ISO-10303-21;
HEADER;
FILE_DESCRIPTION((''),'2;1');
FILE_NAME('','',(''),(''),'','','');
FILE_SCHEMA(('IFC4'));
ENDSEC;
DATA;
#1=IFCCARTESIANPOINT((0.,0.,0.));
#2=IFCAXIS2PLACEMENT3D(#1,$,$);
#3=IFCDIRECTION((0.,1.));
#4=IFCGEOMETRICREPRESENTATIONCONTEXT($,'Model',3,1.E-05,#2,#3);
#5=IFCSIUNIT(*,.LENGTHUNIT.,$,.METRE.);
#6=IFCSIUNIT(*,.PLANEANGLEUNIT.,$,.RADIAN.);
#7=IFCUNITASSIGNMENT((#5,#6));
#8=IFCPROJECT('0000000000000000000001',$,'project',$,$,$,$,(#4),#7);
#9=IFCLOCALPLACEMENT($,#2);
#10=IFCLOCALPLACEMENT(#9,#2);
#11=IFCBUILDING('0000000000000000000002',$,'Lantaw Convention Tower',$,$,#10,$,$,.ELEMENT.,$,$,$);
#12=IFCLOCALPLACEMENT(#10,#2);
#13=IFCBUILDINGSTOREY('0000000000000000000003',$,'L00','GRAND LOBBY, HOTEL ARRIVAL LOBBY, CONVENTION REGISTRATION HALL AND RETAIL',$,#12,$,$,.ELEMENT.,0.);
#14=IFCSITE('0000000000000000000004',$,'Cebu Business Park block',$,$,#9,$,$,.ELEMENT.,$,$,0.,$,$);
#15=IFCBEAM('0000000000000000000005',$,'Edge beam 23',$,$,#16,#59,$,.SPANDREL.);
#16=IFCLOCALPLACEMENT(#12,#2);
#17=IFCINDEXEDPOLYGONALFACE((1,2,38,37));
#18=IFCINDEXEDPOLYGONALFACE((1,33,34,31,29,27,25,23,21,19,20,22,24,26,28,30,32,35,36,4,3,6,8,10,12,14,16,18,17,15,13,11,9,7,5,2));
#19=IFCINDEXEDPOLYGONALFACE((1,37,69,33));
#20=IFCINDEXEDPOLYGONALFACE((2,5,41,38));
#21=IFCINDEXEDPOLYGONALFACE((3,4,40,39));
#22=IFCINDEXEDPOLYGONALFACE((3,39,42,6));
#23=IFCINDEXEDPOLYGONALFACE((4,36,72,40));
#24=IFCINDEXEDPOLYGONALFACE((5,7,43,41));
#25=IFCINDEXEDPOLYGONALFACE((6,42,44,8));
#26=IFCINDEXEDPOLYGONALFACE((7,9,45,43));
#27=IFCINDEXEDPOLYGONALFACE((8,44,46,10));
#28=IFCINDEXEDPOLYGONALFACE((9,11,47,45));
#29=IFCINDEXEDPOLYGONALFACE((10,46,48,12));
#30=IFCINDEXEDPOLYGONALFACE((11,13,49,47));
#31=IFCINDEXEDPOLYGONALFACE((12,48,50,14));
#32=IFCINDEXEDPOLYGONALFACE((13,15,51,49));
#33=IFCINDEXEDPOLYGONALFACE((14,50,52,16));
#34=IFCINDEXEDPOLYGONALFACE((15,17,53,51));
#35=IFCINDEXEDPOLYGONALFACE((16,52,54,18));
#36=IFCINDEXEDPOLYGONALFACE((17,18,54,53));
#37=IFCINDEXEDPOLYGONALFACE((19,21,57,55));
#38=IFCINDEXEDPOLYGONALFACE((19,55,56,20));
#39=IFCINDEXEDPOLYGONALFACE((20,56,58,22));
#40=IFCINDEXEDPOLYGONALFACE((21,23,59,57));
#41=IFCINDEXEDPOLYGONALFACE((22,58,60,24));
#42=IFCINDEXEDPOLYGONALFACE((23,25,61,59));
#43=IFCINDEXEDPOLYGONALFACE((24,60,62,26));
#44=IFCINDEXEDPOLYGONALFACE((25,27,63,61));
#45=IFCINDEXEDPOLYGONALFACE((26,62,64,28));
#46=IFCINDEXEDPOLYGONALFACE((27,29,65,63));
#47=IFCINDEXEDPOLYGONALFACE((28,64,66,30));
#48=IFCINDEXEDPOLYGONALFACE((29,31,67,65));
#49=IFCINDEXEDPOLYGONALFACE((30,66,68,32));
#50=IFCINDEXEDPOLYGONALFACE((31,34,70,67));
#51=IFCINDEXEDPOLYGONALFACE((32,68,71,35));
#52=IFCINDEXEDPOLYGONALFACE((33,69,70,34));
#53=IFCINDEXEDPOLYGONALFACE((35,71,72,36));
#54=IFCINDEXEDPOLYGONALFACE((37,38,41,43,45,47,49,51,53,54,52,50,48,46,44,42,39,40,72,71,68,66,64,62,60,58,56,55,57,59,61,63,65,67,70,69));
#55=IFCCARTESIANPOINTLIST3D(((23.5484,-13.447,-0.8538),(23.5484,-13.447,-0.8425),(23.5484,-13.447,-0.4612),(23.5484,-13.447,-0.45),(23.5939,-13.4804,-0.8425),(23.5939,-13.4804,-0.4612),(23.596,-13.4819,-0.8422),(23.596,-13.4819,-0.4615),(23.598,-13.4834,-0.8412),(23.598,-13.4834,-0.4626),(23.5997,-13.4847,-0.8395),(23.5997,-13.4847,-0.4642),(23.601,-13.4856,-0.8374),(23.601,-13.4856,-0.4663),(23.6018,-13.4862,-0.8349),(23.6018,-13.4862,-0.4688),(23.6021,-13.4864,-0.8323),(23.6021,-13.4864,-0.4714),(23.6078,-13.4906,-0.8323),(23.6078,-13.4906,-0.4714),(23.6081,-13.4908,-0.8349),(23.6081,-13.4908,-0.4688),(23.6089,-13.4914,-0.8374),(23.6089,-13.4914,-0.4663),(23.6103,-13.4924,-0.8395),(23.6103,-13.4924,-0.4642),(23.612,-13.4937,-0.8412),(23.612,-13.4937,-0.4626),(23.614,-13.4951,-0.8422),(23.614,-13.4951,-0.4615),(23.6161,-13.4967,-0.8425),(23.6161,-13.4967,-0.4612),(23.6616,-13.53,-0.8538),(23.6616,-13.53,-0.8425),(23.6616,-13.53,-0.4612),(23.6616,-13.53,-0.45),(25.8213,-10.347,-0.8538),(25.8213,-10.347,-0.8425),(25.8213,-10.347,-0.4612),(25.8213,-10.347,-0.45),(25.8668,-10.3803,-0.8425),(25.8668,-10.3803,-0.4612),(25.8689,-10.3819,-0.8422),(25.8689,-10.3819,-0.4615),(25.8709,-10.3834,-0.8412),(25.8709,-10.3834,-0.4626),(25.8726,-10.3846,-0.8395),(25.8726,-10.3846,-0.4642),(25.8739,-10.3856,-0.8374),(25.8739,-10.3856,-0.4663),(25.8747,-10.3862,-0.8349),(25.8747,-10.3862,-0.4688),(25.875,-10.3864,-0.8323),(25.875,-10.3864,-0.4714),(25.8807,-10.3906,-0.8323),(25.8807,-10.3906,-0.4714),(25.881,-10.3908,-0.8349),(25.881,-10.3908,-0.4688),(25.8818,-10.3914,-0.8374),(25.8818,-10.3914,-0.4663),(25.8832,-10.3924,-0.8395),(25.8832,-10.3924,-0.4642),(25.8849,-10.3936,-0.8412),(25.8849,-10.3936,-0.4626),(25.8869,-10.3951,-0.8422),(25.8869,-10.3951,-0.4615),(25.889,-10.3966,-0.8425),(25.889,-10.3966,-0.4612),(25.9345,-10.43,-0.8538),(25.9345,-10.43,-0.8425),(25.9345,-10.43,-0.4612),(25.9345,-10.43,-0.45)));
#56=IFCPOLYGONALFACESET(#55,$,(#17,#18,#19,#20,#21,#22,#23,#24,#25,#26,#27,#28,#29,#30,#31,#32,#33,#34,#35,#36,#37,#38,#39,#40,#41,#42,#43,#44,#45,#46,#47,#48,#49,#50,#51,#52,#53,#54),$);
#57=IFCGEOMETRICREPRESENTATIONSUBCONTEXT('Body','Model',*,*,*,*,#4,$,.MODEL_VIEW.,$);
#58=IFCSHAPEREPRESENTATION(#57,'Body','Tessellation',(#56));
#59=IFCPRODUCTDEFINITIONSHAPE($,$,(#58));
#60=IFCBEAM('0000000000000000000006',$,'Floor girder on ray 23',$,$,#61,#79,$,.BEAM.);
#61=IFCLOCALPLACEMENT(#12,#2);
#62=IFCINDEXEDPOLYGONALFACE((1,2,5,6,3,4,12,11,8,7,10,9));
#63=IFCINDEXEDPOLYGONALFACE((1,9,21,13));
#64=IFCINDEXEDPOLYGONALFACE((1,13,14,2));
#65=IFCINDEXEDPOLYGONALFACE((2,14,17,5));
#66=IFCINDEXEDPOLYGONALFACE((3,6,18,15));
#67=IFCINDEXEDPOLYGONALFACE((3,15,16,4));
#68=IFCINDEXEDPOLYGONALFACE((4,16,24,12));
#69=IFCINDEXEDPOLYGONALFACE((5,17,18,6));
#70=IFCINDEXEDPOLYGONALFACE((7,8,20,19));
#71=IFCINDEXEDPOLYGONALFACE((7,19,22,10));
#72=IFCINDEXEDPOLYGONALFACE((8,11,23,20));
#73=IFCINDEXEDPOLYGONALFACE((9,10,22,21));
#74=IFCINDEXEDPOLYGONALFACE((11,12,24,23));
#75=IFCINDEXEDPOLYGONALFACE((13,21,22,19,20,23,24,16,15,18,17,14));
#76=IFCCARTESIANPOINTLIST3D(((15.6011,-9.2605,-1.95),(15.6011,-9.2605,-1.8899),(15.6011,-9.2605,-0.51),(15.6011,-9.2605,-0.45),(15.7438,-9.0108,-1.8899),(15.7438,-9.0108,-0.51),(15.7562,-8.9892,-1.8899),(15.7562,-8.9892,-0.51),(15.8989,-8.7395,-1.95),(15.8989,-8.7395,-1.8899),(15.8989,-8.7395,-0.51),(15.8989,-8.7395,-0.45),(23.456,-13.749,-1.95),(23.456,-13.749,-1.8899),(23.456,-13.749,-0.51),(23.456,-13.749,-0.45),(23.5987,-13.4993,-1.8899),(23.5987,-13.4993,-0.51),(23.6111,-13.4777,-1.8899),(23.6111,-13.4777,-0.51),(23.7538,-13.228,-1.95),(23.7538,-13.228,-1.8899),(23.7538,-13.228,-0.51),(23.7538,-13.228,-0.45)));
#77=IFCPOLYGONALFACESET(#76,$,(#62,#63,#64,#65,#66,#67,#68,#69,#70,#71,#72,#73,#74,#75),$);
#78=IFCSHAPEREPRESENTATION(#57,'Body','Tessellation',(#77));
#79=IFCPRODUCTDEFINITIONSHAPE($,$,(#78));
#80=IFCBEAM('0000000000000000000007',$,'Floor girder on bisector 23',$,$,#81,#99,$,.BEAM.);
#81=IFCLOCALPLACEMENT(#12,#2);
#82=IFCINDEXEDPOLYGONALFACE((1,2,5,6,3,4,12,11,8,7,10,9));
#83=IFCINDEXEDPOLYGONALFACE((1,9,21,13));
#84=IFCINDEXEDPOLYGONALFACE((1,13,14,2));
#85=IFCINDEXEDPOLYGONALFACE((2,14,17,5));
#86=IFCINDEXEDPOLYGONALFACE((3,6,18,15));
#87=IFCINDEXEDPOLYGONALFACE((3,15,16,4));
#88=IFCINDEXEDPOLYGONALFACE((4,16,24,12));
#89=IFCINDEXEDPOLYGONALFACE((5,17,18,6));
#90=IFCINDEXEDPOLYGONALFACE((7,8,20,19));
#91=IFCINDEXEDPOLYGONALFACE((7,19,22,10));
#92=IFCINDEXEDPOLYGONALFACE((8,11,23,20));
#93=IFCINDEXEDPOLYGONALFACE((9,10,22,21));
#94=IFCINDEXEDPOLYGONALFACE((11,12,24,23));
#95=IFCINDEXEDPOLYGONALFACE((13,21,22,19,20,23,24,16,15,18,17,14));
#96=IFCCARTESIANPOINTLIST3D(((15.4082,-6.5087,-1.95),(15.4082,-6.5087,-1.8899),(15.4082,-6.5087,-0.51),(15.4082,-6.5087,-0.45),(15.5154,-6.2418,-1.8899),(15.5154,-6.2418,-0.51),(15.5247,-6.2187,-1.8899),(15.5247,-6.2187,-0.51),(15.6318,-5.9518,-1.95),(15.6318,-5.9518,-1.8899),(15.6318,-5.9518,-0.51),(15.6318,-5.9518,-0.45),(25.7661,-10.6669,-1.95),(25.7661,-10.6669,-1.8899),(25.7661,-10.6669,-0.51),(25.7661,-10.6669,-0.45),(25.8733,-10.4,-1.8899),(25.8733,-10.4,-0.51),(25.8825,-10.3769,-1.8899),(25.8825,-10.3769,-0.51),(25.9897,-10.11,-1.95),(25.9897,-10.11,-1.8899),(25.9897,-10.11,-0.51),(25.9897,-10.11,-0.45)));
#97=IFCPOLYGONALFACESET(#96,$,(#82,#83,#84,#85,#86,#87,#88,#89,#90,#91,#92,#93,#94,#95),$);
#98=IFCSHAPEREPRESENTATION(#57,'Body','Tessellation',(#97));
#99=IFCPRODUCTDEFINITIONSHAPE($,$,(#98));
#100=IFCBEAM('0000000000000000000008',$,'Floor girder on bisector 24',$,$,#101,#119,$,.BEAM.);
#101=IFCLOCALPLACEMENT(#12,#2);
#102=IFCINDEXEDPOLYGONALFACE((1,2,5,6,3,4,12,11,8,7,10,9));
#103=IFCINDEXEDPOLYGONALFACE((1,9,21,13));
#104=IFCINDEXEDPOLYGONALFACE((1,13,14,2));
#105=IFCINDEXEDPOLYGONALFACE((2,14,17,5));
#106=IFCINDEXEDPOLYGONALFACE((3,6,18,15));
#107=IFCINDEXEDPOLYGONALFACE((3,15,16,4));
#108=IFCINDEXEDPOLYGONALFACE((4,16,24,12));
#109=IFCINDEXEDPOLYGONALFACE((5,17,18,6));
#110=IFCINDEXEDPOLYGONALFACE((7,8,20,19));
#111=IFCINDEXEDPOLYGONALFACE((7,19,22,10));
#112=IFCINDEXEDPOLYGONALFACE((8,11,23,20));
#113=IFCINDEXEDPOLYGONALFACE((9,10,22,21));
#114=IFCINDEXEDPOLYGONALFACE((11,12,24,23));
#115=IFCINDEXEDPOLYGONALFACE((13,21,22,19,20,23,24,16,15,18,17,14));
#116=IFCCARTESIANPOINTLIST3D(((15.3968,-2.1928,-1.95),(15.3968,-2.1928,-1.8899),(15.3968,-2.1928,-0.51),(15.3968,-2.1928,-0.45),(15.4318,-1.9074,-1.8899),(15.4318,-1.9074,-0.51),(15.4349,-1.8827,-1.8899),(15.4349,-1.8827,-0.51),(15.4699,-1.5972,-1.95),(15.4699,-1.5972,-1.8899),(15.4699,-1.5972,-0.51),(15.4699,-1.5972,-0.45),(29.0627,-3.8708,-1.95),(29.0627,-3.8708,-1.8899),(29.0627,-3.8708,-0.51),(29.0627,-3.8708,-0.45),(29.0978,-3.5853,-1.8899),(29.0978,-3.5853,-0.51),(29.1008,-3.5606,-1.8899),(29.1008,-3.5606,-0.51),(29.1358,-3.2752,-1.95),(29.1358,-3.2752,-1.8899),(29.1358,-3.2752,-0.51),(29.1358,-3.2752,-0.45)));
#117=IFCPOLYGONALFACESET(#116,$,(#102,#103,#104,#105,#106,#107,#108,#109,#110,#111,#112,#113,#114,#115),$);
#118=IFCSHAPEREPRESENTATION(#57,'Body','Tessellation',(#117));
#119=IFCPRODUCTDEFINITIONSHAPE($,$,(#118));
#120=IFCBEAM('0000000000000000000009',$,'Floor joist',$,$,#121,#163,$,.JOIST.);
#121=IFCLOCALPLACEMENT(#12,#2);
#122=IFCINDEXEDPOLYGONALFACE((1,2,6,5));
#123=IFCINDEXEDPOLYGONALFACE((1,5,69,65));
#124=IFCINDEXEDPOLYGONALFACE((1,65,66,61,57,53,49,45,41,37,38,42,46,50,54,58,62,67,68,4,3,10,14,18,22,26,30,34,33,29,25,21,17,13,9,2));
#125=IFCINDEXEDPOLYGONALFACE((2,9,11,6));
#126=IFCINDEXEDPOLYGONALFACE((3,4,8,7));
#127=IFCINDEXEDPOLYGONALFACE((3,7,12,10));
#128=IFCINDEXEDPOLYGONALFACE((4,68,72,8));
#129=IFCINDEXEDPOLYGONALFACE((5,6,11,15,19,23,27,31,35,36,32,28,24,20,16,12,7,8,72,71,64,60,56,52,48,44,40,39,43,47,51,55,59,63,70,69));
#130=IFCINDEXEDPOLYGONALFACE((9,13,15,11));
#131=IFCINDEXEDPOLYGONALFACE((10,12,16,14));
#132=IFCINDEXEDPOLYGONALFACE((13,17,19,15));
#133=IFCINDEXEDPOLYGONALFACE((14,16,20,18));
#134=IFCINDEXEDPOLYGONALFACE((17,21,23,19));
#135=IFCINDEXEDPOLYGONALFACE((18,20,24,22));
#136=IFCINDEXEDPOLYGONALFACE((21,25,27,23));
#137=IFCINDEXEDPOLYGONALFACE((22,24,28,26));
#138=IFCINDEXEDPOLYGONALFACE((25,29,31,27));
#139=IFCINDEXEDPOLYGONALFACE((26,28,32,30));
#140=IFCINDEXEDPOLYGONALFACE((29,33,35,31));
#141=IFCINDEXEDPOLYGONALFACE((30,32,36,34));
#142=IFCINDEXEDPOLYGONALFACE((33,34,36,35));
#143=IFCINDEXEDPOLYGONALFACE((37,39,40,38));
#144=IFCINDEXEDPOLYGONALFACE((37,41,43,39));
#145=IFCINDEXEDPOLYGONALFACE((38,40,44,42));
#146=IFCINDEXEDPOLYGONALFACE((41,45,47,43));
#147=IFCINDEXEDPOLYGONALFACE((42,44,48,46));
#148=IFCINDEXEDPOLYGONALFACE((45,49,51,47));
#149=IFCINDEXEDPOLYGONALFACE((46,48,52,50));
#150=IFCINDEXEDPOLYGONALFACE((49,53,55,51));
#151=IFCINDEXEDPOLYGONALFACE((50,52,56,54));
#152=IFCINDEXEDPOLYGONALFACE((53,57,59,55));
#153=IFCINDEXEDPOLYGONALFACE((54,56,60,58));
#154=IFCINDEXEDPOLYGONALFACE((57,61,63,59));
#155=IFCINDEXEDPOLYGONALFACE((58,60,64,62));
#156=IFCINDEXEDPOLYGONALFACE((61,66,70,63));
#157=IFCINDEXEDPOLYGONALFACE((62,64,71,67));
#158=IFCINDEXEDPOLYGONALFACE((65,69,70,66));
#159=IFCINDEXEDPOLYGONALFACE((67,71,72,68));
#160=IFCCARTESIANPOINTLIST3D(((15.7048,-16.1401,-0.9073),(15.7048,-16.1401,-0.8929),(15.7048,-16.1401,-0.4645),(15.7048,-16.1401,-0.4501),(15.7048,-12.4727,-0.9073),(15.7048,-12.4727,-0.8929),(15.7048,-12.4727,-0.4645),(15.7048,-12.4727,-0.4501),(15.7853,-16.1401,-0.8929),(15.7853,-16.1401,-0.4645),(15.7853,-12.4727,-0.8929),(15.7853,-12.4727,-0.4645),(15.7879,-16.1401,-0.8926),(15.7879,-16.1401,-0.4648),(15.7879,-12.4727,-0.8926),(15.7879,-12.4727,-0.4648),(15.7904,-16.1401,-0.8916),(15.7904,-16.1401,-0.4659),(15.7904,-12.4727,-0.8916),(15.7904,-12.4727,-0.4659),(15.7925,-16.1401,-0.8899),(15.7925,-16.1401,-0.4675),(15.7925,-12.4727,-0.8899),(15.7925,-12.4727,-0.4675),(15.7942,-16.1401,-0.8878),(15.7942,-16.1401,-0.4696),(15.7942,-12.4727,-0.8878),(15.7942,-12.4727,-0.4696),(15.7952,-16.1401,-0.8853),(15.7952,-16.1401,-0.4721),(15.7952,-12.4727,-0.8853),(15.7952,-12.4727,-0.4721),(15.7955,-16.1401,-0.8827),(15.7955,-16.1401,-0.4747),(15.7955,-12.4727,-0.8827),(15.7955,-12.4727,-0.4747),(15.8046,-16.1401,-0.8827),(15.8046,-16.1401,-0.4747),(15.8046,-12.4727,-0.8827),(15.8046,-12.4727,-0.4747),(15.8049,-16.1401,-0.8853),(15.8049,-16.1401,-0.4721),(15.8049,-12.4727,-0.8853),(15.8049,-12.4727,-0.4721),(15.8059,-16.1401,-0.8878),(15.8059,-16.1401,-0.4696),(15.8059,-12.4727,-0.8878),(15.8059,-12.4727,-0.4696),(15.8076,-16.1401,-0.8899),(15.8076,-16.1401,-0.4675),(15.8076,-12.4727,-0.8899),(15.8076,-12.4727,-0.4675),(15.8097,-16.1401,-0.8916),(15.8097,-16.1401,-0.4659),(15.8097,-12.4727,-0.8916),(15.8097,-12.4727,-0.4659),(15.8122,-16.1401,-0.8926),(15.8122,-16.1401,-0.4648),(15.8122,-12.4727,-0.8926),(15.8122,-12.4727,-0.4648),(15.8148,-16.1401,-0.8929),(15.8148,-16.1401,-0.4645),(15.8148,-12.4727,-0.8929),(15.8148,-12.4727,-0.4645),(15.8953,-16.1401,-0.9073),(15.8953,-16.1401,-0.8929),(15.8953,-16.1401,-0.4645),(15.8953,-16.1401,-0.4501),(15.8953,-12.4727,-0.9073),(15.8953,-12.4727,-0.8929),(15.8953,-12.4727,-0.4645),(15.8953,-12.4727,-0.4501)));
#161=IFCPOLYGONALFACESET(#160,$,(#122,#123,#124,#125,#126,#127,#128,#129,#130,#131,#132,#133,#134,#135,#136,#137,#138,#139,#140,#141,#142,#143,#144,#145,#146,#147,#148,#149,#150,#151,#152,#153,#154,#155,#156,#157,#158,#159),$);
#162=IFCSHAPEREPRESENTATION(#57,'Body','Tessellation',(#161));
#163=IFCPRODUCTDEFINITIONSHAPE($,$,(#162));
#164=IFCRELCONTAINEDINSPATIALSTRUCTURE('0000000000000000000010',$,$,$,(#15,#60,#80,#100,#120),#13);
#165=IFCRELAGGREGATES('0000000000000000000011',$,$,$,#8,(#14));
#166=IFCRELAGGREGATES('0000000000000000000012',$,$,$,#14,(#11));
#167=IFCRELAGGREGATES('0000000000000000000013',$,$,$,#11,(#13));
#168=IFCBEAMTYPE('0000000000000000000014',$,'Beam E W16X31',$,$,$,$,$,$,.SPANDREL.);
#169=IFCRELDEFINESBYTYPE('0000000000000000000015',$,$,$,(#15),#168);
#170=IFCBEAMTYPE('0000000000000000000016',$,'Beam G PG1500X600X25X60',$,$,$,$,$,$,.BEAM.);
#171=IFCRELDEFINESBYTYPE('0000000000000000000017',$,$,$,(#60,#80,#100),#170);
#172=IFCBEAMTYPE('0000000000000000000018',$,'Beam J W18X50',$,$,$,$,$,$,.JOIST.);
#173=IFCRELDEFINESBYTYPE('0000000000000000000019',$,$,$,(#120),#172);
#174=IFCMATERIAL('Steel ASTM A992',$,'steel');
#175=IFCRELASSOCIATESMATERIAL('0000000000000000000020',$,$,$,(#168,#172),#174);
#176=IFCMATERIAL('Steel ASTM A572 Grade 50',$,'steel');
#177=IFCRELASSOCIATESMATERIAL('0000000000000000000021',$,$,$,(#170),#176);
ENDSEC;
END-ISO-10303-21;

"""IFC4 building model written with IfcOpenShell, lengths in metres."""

from ifc_helpers import new_model, si_unit, direction, frame, origin, origin_2d, place, context, subcontext, project, spatial, i_section, extrude, material, material_profile, profile_set, type_object, element, save


model = new_model("IFC4")

# Units and contexts
model_context = context("Model", 3, precision=1e-05, world=origin(), true_north=direction((0.0, 1.0)))
body_context = subcontext(model_context, "Body", "Model", "MODEL_VIEW")
ifc_project = project(units=[si_unit("LENGTHUNIT", "METRE"), si_unit("PLANEANGLEUNIT", "RADIAN")], contexts=[model_context])

# Site, building, storey
site_placement = place(None, origin())
site = spatial("IfcSite", under=ifc_project, at=site_placement, Name="Cebu Business Park block", CompositionType="ELEMENT", RefElevation=0.0)
building_placement = place(site_placement, origin())
building = spatial("IfcBuilding", under=site, at=building_placement, Name="Lantaw Convention Tower", CompositionType="ELEMENT")
storey_placement = place(building_placement, origin())
storey = spatial("IfcBuildingStorey", under=building, at=storey_placement, Name="L00", Description="GRAND LOBBY, HOTEL ARRIVAL LOBBY, CONVENTION REGISTRATION HALL AND RETAIL", CompositionType="ELEMENT", Elevation=0.0)

# Shared definitions
ifc_material_1 = material(Name="Steel ASTM A572 Grade 50", Category="steel")

# Beams
ifc_material_2 = material(Name="Steel ASTM A992", Category="steel")
ifc_material_profile_1 = material_profile(ifc_material_2, i_section(OverallWidth=0.1404, OverallDepth=0.4038, WebThickness=0.0071, FlangeThickness=0.0112, FilletRadius=0.0103, at=origin_2d()), Name="W16X31")
ifc_profile_set_1 = profile_set([ifc_material_profile_1], Name="Steel ASTM A992")
beam_type_1 = type_object("IfcBeamType", Name="Beam E W16X31", PredefinedType="SPANDREL", material=ifc_profile_set_1)
beam_1_placement = place(storey_placement, frame((23.605, -13.4885, -0.6519), z_axis=(0.591287, 0.806462, 0.0), x_axis=(-0.806462, 0.591287, 0.0)))
element("IfcBeam", 1, at=beam_1_placement, inside=storey, type_object=beam_type_1, Name="Edge beam 23", PredefinedType="SPANDREL", context=body_context, shape_type="SweptSolid", body=[
    extrude(i_section(OverallWidth=0.1404, OverallDepth=0.4038, WebThickness=0.0071, FlangeThickness=0.0112, FilletRadius=0.0103, at=origin_2d()), origin(), (0.0, 0.0, 1.0), 3.844),
])
ifc_material_profile_2 = material_profile(ifc_material_1, i_section(OverallWidth=0.6001, OverallDepth=1.5, WebThickness=0.0249, FlangeThickness=0.0601, at=origin_2d()), Name="PG1500X600X25X60")
ifc_profile_set_2 = profile_set([ifc_material_profile_2], Name="Steel ASTM A572 Grade 50")
beam_type_2 = type_object("IfcBeamType", Name="Beam G PG1500X600X25X60", PredefinedType="BEAM", material=ifc_profile_set_2)
beam_2_placement = place(storey_placement, frame((15.75, -9.0, -1.2), z_axis=(0.868245, -0.496136, 0.0), x_axis=(0.496136, 0.868245, 0.0)))
element("IfcBeam", 2, at=beam_2_placement, inside=storey, type_object=beam_type_2, Name="Floor girder on ray 23", PredefinedType="BEAM", context=body_context, shape_type="SweptSolid", body=[
    extrude(i_section(OverallWidth=0.6001, OverallDepth=1.5, WebThickness=0.0249, FlangeThickness=0.0601, at=origin_2d()), origin(), (0.0, 0.0, 1.0), 9.0469),
])
beam_3_placement = place(storey_placement, frame((15.52, -6.2302, -1.2), z_axis=(0.928011, -0.372552, 0.0), x_axis=(0.372552, 0.928011, 0.0)))
element("IfcBeam", 3, at=beam_3_placement, inside=storey, type_object=beam_type_2, Name="Floor girder on bisector 23", PredefinedType="BEAM", context=body_context, shape_type="SweptSolid", body=[
    extrude(i_section(OverallWidth=0.6001, OverallDepth=1.5, WebThickness=0.0249, FlangeThickness=0.0601, at=origin_2d()), origin(), (0.0, 0.0, 1.0), 11.1614),
])
beam_4_placement = place(storey_placement, frame((15.4333, -1.895, -1.2), z_axis=(0.992546, -0.12187, 0.0), x_axis=(0.12187, 0.992546, 0.0)))
element("IfcBeam", 4, at=beam_4_placement, inside=storey, type_object=beam_type_2, Name="Floor girder on bisector 24", PredefinedType="BEAM", context=body_context, shape_type="SweptSolid", body=[
    extrude(i_section(OverallWidth=0.6001, OverallDepth=1.5, WebThickness=0.0249, FlangeThickness=0.0601, at=origin_2d()), origin(), (0.0, 0.0, 1.0), 13.7686),
])
ifc_material_profile_3 = material_profile(ifc_material_2, i_section(OverallWidth=0.1904, OverallDepth=0.4573, WebThickness=0.009, FlangeThickness=0.0144, FilletRadius=0.0103, at=origin_2d()), Name="W18X50")
ifc_profile_set_3 = profile_set([ifc_material_profile_3], Name="Steel ASTM A992")
beam_type_3 = type_object("IfcBeamType", Name="Beam J W18X50", PredefinedType="JOIST", material=ifc_profile_set_3)
beam_5_placement = place(storey_placement, frame((15.8, -16.1401, -0.6787), z_axis=(0.0, 1.0, 0.0), x_axis=(-1.0, 0.0, 0.0)))
element("IfcBeam", 5, at=beam_5_placement, inside=storey, type_object=beam_type_3, Name="Floor joist", PredefinedType="JOIST", context=body_context, shape_type="SweptSolid", body=[
    extrude(i_section(OverallWidth=0.1904, OverallDepth=0.4573, WebThickness=0.009, FlangeThickness=0.0144, FilletRadius=0.0103, at=origin_2d()), origin(), (0.0, 0.0, 1.0), 3.6675),
])

save(model, "model.ifc")
